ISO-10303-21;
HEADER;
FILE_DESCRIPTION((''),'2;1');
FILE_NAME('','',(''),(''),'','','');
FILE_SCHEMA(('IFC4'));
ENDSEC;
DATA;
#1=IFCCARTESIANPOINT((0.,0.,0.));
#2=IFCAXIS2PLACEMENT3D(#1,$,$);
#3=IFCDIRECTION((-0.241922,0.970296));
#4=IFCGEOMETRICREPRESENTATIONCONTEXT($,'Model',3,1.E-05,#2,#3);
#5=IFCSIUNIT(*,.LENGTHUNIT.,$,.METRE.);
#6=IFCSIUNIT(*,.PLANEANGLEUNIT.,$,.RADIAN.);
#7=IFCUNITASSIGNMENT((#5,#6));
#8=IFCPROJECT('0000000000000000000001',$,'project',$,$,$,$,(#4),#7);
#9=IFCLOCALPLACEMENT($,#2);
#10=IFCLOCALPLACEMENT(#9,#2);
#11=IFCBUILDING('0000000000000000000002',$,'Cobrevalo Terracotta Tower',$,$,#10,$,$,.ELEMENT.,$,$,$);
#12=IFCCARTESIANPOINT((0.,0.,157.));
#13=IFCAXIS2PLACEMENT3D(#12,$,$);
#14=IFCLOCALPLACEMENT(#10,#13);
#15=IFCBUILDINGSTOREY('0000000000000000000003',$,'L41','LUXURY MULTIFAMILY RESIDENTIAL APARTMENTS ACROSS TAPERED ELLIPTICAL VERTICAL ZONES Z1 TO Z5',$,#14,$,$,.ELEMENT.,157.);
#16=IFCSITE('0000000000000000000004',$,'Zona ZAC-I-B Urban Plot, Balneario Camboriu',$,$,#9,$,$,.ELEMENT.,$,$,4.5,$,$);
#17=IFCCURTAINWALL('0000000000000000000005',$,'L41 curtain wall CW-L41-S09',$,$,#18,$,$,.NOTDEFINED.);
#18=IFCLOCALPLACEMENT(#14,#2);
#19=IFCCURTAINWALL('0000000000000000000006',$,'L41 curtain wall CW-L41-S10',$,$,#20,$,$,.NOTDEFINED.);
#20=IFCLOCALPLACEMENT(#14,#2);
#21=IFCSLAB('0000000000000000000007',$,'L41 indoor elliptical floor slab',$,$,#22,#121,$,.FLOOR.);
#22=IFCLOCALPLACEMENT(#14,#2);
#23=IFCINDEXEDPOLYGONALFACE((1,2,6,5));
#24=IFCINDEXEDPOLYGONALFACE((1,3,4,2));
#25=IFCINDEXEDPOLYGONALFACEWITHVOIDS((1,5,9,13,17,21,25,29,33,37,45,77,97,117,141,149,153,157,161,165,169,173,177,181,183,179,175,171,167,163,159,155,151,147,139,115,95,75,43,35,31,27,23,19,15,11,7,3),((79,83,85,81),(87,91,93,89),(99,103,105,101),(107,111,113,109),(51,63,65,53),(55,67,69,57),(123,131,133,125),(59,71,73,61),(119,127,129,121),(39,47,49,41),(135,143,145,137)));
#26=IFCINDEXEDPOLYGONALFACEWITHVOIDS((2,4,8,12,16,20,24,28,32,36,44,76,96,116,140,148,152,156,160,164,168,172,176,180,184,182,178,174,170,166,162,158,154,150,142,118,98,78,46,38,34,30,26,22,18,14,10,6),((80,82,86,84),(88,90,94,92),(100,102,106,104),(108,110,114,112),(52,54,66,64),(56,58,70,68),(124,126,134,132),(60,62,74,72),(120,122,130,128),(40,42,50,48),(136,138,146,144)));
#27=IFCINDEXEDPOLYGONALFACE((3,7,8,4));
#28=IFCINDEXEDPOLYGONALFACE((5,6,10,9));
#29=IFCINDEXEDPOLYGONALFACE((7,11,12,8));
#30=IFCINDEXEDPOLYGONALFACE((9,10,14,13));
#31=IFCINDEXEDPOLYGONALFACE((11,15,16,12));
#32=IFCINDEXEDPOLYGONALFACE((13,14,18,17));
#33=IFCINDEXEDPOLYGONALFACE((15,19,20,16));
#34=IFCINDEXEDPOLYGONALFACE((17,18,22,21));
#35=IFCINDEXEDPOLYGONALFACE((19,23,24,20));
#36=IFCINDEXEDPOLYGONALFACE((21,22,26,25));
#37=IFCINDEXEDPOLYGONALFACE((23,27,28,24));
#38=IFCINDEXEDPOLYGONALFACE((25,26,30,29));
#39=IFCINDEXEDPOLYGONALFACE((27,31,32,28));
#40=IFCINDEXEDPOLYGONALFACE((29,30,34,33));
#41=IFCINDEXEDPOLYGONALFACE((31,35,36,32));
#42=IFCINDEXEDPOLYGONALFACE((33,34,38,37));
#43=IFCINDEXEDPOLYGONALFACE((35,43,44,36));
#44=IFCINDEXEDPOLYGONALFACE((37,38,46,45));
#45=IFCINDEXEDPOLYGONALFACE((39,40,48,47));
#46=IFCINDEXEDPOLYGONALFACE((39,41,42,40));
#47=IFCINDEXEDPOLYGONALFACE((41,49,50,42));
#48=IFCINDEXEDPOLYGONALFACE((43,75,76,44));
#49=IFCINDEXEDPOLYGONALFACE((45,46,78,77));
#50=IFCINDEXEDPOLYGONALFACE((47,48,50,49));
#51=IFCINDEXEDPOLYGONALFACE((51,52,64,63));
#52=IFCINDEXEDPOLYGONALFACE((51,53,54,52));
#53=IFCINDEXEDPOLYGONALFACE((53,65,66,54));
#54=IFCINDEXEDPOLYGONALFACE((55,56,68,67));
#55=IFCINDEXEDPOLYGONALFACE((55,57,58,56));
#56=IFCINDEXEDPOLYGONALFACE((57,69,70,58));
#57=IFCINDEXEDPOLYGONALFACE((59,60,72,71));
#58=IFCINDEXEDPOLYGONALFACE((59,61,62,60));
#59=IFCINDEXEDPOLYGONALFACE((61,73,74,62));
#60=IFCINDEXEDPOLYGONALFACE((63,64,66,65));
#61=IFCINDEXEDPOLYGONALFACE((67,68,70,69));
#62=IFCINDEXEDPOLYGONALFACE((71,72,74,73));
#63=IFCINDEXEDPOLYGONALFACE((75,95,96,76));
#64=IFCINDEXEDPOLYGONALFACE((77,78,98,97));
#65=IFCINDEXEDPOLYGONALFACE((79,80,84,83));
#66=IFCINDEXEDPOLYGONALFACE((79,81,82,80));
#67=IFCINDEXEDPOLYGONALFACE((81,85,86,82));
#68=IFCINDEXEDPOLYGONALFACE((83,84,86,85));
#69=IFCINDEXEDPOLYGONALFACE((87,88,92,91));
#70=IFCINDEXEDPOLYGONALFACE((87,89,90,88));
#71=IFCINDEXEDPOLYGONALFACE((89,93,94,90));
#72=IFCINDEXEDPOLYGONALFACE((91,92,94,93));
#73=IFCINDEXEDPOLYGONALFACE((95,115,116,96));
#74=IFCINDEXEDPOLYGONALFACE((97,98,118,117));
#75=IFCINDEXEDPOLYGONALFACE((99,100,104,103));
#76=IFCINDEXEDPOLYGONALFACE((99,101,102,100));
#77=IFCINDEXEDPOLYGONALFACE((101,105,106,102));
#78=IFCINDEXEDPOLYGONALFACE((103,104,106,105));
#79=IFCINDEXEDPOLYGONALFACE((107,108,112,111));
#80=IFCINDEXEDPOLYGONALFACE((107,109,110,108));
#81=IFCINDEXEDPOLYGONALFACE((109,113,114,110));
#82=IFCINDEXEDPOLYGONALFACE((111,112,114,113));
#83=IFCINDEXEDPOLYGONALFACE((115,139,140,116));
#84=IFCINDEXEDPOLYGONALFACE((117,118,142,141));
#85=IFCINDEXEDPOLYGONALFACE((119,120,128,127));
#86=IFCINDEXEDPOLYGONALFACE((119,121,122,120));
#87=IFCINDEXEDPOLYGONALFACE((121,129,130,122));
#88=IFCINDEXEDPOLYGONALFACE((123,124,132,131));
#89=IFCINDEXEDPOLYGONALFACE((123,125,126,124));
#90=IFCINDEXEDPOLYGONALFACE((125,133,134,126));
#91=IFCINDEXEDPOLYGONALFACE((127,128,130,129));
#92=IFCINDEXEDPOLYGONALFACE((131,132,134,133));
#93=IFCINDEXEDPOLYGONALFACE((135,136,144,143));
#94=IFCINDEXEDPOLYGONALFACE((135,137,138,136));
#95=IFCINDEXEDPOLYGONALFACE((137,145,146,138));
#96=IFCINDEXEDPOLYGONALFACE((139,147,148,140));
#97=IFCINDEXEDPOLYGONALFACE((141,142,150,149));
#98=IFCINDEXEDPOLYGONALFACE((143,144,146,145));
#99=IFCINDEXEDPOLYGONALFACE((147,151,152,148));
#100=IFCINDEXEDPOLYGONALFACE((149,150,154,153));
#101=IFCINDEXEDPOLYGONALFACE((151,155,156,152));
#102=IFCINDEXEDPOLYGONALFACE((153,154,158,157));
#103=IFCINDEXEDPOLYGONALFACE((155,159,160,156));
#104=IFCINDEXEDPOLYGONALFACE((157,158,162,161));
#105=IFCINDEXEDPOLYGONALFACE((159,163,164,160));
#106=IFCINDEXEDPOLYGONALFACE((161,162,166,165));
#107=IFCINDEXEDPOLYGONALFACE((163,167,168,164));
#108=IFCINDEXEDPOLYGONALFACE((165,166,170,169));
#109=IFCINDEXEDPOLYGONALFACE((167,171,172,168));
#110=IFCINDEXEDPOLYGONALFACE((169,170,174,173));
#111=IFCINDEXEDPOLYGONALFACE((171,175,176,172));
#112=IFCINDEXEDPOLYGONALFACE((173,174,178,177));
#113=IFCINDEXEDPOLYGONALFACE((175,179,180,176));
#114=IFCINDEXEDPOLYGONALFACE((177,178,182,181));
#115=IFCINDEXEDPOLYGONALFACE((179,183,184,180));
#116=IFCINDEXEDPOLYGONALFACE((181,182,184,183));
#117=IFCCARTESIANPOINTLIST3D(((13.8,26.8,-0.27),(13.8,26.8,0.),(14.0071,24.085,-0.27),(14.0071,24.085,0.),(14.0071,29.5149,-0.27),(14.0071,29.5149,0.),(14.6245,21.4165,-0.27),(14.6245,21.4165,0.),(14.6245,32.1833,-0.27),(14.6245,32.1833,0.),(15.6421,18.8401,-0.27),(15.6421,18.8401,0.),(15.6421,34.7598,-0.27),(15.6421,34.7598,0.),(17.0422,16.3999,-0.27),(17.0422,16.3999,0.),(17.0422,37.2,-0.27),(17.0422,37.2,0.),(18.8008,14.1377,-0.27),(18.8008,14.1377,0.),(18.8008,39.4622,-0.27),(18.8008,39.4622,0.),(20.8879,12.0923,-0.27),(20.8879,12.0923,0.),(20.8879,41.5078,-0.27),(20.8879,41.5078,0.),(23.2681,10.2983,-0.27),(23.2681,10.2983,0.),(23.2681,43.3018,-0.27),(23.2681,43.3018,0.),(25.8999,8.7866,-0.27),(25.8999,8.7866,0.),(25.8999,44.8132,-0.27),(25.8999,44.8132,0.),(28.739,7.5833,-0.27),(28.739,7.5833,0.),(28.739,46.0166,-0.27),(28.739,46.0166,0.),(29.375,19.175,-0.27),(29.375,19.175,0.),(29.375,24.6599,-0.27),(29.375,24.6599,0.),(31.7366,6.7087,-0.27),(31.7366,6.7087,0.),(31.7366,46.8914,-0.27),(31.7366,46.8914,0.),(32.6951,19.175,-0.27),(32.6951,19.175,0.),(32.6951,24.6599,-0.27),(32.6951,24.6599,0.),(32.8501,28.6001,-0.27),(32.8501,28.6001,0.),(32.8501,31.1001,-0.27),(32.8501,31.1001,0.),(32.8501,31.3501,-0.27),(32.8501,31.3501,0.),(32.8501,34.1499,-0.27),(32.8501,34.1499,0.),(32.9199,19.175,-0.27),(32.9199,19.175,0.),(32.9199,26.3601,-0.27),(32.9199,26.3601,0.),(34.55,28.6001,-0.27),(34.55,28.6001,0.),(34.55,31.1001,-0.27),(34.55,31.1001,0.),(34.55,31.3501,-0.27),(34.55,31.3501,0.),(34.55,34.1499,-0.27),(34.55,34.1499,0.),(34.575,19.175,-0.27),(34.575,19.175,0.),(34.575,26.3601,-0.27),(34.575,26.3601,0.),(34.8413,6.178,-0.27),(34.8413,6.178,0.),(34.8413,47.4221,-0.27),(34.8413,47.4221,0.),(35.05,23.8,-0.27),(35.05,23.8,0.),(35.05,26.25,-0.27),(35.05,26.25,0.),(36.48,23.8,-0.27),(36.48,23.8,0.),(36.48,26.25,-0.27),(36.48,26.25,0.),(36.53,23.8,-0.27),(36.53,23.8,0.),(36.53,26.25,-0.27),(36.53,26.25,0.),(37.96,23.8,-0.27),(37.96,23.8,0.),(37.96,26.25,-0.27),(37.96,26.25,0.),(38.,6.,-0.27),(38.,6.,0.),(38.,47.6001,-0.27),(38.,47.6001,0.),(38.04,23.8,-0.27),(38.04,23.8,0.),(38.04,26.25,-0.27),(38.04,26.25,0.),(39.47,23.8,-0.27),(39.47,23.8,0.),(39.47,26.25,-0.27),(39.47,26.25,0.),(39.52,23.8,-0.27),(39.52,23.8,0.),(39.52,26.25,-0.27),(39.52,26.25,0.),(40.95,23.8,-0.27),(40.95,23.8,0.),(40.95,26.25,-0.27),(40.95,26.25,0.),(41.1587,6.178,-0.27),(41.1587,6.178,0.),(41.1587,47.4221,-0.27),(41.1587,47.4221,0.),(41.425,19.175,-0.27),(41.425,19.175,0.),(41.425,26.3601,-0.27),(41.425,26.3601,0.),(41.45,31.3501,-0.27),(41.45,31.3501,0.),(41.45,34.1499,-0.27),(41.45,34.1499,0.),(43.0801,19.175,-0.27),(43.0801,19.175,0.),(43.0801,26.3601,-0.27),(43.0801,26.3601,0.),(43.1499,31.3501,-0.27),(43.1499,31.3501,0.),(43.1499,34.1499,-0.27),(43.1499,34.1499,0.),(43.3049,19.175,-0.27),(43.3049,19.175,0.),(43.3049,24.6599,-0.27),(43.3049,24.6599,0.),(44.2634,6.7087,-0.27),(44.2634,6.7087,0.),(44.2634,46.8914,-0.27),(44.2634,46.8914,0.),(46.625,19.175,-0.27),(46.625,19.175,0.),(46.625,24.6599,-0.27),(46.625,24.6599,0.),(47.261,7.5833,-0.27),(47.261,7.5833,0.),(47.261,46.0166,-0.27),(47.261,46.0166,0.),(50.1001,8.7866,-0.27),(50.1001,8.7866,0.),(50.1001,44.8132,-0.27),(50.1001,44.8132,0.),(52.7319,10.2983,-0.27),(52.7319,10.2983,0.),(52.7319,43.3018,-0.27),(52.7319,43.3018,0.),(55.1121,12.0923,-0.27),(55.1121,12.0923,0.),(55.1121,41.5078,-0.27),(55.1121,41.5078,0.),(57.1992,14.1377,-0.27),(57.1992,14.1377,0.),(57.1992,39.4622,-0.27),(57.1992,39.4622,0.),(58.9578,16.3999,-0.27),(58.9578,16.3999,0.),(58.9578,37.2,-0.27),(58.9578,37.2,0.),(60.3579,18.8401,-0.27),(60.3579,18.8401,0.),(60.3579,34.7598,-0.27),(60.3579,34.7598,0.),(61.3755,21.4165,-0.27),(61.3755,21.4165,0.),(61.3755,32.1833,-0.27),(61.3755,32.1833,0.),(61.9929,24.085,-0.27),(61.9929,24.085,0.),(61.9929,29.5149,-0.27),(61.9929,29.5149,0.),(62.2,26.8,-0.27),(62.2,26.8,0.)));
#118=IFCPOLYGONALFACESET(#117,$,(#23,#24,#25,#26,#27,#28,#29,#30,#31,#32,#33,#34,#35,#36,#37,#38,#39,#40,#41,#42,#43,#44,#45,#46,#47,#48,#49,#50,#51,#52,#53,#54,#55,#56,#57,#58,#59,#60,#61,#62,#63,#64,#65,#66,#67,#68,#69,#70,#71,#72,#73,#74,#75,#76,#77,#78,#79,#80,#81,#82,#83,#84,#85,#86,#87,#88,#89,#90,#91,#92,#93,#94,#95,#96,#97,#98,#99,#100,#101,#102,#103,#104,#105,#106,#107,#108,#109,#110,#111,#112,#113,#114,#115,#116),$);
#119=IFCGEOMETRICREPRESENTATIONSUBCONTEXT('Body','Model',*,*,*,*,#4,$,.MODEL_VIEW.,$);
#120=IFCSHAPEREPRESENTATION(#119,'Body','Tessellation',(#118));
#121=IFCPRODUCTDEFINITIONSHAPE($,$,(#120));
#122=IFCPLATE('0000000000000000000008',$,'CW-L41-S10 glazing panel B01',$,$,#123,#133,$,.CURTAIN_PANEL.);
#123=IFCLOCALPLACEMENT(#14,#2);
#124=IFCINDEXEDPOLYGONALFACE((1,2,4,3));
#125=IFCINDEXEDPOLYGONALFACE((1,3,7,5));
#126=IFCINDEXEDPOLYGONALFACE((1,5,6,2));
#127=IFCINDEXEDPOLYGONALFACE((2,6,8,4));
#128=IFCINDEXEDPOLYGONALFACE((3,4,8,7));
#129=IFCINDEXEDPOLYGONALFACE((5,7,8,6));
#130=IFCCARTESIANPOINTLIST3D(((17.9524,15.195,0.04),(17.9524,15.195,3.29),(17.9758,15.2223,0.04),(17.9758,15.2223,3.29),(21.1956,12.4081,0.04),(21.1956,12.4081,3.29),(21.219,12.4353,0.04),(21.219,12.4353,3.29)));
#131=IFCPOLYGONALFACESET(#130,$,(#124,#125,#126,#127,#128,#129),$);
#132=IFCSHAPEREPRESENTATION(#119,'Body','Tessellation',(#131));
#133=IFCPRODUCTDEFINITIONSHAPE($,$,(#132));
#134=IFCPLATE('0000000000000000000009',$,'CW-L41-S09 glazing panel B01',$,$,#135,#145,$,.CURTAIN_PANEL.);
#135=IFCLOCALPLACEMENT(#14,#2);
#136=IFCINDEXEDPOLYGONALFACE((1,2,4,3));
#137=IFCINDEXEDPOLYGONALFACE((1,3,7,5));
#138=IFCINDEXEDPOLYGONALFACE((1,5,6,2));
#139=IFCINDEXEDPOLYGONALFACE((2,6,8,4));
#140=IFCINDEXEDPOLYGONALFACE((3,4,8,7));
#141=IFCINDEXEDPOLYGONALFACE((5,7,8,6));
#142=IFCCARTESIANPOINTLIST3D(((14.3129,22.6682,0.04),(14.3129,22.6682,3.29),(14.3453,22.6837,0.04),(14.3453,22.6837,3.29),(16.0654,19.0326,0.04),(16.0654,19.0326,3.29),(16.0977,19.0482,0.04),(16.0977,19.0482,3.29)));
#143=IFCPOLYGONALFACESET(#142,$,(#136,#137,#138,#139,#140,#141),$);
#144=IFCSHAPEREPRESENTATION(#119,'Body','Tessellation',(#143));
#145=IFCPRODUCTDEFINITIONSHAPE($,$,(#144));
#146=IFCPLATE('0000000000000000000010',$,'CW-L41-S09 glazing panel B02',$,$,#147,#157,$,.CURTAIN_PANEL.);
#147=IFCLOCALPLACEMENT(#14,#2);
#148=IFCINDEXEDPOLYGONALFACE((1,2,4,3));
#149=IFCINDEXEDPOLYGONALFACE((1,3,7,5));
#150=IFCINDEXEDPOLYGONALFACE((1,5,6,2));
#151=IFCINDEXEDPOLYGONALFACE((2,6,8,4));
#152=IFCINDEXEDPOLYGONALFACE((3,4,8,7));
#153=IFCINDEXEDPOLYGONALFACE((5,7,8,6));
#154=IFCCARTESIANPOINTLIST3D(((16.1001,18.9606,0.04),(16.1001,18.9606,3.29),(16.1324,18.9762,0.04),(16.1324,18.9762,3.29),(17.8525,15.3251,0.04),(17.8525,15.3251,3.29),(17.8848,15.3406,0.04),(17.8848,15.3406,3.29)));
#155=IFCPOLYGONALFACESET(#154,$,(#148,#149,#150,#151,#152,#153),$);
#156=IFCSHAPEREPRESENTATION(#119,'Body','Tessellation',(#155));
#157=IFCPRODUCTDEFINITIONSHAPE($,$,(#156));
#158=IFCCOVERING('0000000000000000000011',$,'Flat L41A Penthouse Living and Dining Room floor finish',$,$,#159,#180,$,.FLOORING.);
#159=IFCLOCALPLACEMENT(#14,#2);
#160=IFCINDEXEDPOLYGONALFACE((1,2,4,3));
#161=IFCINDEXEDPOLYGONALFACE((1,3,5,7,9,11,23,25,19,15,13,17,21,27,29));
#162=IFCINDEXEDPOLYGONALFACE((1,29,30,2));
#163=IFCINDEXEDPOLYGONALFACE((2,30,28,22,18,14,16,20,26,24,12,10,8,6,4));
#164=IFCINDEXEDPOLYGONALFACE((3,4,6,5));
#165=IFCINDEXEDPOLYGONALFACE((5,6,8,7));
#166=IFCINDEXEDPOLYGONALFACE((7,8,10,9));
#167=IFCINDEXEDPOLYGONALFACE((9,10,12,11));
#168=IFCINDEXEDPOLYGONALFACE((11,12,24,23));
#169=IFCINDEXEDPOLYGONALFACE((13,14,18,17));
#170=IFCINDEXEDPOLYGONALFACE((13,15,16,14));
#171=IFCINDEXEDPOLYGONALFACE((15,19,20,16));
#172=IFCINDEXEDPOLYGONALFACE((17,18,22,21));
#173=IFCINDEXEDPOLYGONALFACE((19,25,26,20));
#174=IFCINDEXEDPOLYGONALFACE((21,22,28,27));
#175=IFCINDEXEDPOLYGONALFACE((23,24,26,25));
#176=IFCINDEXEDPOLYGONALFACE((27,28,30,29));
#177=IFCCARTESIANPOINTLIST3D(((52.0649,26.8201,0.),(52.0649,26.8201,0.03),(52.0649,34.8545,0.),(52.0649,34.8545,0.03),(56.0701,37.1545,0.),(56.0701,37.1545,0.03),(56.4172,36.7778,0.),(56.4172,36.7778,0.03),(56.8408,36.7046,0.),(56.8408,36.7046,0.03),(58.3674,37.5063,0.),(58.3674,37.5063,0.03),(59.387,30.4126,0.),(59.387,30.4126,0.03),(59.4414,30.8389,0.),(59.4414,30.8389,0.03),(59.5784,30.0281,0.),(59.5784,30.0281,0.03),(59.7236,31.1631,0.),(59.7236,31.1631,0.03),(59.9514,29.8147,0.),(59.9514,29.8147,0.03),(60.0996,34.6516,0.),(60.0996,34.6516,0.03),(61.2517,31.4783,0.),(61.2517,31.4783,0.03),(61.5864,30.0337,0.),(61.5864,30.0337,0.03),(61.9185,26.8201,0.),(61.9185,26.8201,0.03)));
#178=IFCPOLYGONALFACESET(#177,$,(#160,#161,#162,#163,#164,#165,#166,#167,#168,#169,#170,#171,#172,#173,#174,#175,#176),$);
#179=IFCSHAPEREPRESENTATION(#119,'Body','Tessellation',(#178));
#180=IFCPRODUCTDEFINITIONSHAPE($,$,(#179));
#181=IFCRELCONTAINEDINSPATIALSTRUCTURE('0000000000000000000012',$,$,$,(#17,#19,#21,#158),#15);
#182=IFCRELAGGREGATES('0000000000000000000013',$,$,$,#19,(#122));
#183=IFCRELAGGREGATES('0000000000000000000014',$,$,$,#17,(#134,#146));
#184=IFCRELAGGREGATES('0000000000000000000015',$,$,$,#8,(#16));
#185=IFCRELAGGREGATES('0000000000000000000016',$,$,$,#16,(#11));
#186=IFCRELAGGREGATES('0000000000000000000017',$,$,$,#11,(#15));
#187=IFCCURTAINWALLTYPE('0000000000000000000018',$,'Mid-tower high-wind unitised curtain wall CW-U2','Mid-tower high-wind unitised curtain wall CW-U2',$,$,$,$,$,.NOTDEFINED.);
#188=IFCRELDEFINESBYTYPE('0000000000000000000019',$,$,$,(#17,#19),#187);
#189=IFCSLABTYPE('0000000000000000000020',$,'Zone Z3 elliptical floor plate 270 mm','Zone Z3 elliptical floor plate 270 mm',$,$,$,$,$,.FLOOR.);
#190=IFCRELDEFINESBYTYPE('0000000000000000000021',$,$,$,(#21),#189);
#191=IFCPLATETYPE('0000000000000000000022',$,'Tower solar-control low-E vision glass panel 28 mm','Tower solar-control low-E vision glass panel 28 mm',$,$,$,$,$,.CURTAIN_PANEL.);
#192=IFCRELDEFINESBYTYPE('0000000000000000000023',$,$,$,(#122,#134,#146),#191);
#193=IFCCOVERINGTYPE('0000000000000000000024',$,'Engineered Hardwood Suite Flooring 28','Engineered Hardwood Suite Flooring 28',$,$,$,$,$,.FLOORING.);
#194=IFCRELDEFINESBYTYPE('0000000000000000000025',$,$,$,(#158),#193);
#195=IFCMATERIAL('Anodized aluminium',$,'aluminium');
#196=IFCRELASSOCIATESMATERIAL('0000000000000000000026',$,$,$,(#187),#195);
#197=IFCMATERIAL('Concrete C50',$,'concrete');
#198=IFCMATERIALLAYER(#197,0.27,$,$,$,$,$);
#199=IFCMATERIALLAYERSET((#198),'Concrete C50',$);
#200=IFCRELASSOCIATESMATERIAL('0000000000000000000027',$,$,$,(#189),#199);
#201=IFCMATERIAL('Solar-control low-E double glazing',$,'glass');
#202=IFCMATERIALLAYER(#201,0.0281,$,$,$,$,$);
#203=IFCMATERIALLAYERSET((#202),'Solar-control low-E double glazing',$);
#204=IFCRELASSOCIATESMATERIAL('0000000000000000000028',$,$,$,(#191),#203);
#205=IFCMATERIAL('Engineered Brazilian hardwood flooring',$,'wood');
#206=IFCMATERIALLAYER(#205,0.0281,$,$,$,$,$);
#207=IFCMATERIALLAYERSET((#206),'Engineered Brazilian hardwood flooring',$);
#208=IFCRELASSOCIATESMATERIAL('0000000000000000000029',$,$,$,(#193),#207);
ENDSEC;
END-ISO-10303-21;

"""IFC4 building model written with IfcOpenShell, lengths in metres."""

from ifc_helpers import new_model, si_unit, direction, frame, origin, origin_2d, place, context, subcontext, project, spatial, polyline, rectangle, outline, extrude, source, transform, mapped, material, layer, layer_set, type_object, element, aggregate, save


model = new_model("IFC4")

# Units and contexts
model_context = context("Model", 3, precision=1e-05, world=origin(), true_north=direction((-0.241922, 0.970296)))
body_context = subcontext(model_context, "Body", "Model", "MODEL_VIEW")
ifc_project = project(units=[si_unit("LENGTHUNIT", "METRE"), si_unit("PLANEANGLEUNIT", "RADIAN")], contexts=[model_context])

# Site, building, storey
site_placement = place(None, origin())
site = spatial("IfcSite", under=ifc_project, at=site_placement, Name="Zona ZAC-I-B Urban Plot, Balneario Camboriu", CompositionType="ELEMENT", RefElevation=4.5)
building_placement = place(site_placement, origin())
building = spatial("IfcBuilding", under=site, at=building_placement, Name="Cobrevalo Terracotta Tower", CompositionType="ELEMENT")
storey_placement = place(building_placement, frame((0.0, 0.0, 157.0)))
storey = spatial("IfcBuildingStorey", under=building, at=storey_placement, Name="L41", Description="LUXURY MULTIFAMILY RESIDENTIAL APARTMENTS ACROSS TAPERED ELLIPTICAL VERTICAL ZONES Z1 TO Z5", CompositionType="ELEMENT", Elevation=157.0)

# Curtain walls
ifc_material_1 = material(Name="Anodized aluminium", Category="aluminium")
curtain_wall_type = type_object("IfcCurtainWallType", Name="Mid-tower high-wind unitised curtain wall CW-U2", Description="Mid-tower high-wind unitised curtain wall CW-U2", PredefinedType="NOTDEFINED", material=ifc_material_1)
curtain_wall_1_placement = place(storey_placement, origin())
curtain_wall_1 = element("IfcCurtainWall", 1, at=curtain_wall_1_placement, inside=storey, type_object=curtain_wall_type, Name="L41 curtain wall CW-L41-S09", PredefinedType="NOTDEFINED")
curtain_wall_2_placement = place(storey_placement, origin())
curtain_wall_2 = element("IfcCurtainWall", 2, at=curtain_wall_2_placement, inside=storey, type_object=curtain_wall_type, Name="L41 curtain wall CW-L41-S10", PredefinedType="NOTDEFINED")

# Shared definitions
ifc_material_2 = material(Name="Concrete C50", Category="concrete")

# Slab
ifc_layer_1 = layer(ifc_material_2, 0.27)
ifc_layer_set_1 = layer_set([ifc_layer_1], Name="Concrete C50")
slab_type_1 = type_object("IfcSlabType", Name="Zone Z3 elliptical floor plate 270 mm", Description="Zone Z3 elliptical floor plate 270 mm", PredefinedType="FLOOR", material=ifc_layer_set_1)
slab_1_placement = place(storey_placement, frame((0.0, 0.0, -0.27)))
element("IfcSlab", 3, at=slab_1_placement, inside=storey, type_object=slab_type_1, Name="L41 indoor elliptical floor slab", PredefinedType="FLOOR", context=body_context, shape_type="SweptSolid", body=[
    extrude(outline(polyline([(61.9929, 24.085), (61.3755, 21.4165), (60.3579, 18.8401), (58.9578, 16.3999), (57.1992, 14.1377), (55.1121, 12.0923), (52.7319, 10.2983), (50.1001, 8.7866), (47.261, 7.5833), (44.2634, 6.7087), (41.1587, 6.178), (38.0, 6.0), (34.8413, 6.178), (31.7366, 6.7087), (28.739, 7.5833), (25.8999, 8.7866), (23.2681, 10.2983), (20.8879, 12.0923), (18.8008, 14.1377), (17.0422, 16.3999), (15.6421, 18.8401), (14.6245, 21.4165), (14.0071, 24.085), (13.8, 26.8), (14.0071, 29.5149), (14.6245, 32.1833), (15.6421, 34.7598), (17.0422, 37.2), (18.8008, 39.4622), (20.8879, 41.5078), (23.2681, 43.3018), (25.8999, 44.8132), (28.739, 46.0166), (31.7366, 46.8914), (34.8413, 47.4221), (38.0, 47.6001), (41.1587, 47.4221), (44.2634, 46.8914), (47.261, 46.0166), (50.1001, 44.8132), (52.7319, 43.3018), (55.1121, 41.5078), (57.1992, 39.4622), (58.9578, 37.2), (60.3579, 34.7598), (61.3755, 32.1833), (61.9929, 29.5149), (62.2, 26.8), (61.9929, 24.085)]), holes=[polyline([(32.6951, 19.175), (32.6951, 24.6599), (29.375, 24.6599), (29.375, 19.175), (32.6951, 19.175)]), polyline([(34.575, 26.3601), (32.9199, 26.3601), (32.9199, 19.175), (34.575, 19.175), (34.575, 26.3601)]), polyline([(36.48, 26.25), (35.05, 26.25), (35.05, 23.8), (36.48, 23.8), (36.48, 26.25)]), polyline([(37.96, 23.8), (37.96, 26.25), (36.53, 26.25), (36.53, 23.8), (37.96, 23.8)]), polyline([(34.55, 28.6001), (34.55, 31.1001), (32.8501, 31.1001), (32.8501, 28.6001), (34.55, 28.6001)]), polyline([(34.55, 34.1499), (32.8501, 34.1499), (32.8501, 31.3501), (34.55, 31.3501), (34.55, 34.1499)]), polyline([(43.3049, 19.175), (46.625, 19.175), (46.625, 24.6599), (43.3049, 24.6599), (43.3049, 19.175)]), polyline([(43.0801, 19.175), (43.0801, 26.3601), (41.425, 26.3601), (41.425, 19.175), (43.0801, 19.175)]), polyline([(39.47, 26.25), (38.04, 26.25), (38.04, 23.8), (39.47, 23.8), (39.47, 26.25)]), polyline([(40.95, 23.8), (40.95, 26.25), (39.52, 26.25), (39.52, 23.8), (40.95, 23.8)]), polyline([(43.1499, 31.3501), (43.1499, 34.1499), (41.45, 34.1499), (41.45, 31.3501), (43.1499, 31.3501)])]), origin(), (0.0, 0.0, 1.0), 0.27),
])

# Plates
ifc_material_3 = material(Name="Solar-control low-E double glazing", Category="glass")
ifc_layer_2 = layer(ifc_material_3, 0.0281)
ifc_layer_set_2 = layer_set([ifc_layer_2], Name="Solar-control low-E double glazing")
plate_type = type_object("IfcPlateType", Name="Tower solar-control low-E vision glass panel 28 mm", Description="Tower solar-control low-E vision glass panel 28 mm", PredefinedType="CURTAIN_PANEL", material=ifc_layer_set_2)
shared_shape_1 = source(origin(), body_context, "Body", "SweptSolid", [
    extrude(rectangle(XDim=4.2761, YDim=0.0359, at=origin_2d()), origin(), (0.0, 0.0, 1.0), 3.25),
])
plate_1_placement = place(storey_placement, frame((19.5857, 13.8152, 0.04), z_axis=(0.0, 0.0, 1.0), x_axis=(0.758437, -0.651746, 0.0)))
plate_1 = element("IfcPlate", 4, at=plate_1_placement, type_object=plate_type, Name="CW-L41-S10 glazing panel B01", PredefinedType="CURTAIN_PANEL", context=body_context, shape_type="MappedRepresentation", body=[
    mapped(shared_shape_1, transform((0.0, 0.0, 0.0), scale=1.0)),
])
aggregate(curtain_wall_2, [plate_1])
shared_shape_2 = source(origin(), body_context, "Body", "SweptSolid", [
    extrude(rectangle(XDim=4.0359, YDim=0.0359, at=origin_2d()), origin(), (0.0, 0.0, 1.0), 3.25),
])
plate_2_placement = place(storey_placement, frame((15.2053, 20.8582, 0.04), z_axis=(0.0, 0.0, 1.0), x_axis=(0.434209, -0.900812, 0.0)))
plate_2 = element("IfcPlate", 5, at=plate_2_placement, type_object=plate_type, Name="CW-L41-S09 glazing panel B01", PredefinedType="CURTAIN_PANEL", context=body_context, shape_type="MappedRepresentation", body=[
    mapped(shared_shape_2, transform((0.0, 0.0, 0.0), scale=1.0)),
])
plate_3_placement = place(storey_placement, frame((16.9924, 17.1506, 0.04), z_axis=(0.0, 0.0, 1.0), x_axis=(0.434209, -0.900812, 0.0)))
plate_3 = element("IfcPlate", 6, at=plate_3_placement, type_object=plate_type, Name="CW-L41-S09 glazing panel B02", PredefinedType="CURTAIN_PANEL", context=body_context, shape_type="MappedRepresentation", body=[
    mapped(shared_shape_2, transform((0.0, 0.0, 0.0), scale=1.0)),
])
aggregate(curtain_wall_1, [plate_2, plate_3])

# Covering
ifc_material_4 = material(Name="Engineered Brazilian hardwood flooring", Category="wood")
ifc_layer_3 = layer(ifc_material_4, 0.0281)
ifc_layer_set_3 = layer_set([ifc_layer_3], Name="Engineered Brazilian hardwood flooring")
covering_type_1 = type_object("IfcCoveringType", Name="Engineered Hardwood Suite Flooring 28", Description="Engineered Hardwood Suite Flooring 28", PredefinedType="FLOORING", material=ifc_layer_set_3)
covering_1_placement = place(storey_placement, origin())
element("IfcCovering", 7, at=covering_1_placement, inside=storey, type_object=covering_type_1, Name="Flat L41A Penthouse Living and Dining Room floor finish", PredefinedType="FLOORING", context=body_context, shape_type="SweptSolid", body=[
    extrude(outline(polyline([(60.0996, 34.6516), (61.2517, 31.4783), (59.7236, 31.1631), (59.4414, 30.8389), (59.387, 30.4126), (59.5784, 30.0281), (59.9514, 29.8147), (61.5864, 30.0337), (61.9185, 26.8201), (52.0649, 26.8201), (52.0649, 34.8545), (56.0701, 37.1545), (56.4172, 36.7778), (56.8408, 36.7046), (58.3674, 37.5063), (60.0996, 34.6516)])), origin(), (0.0, 0.0, 1.0), 0.03),
])

save(model, "model.ifc")
